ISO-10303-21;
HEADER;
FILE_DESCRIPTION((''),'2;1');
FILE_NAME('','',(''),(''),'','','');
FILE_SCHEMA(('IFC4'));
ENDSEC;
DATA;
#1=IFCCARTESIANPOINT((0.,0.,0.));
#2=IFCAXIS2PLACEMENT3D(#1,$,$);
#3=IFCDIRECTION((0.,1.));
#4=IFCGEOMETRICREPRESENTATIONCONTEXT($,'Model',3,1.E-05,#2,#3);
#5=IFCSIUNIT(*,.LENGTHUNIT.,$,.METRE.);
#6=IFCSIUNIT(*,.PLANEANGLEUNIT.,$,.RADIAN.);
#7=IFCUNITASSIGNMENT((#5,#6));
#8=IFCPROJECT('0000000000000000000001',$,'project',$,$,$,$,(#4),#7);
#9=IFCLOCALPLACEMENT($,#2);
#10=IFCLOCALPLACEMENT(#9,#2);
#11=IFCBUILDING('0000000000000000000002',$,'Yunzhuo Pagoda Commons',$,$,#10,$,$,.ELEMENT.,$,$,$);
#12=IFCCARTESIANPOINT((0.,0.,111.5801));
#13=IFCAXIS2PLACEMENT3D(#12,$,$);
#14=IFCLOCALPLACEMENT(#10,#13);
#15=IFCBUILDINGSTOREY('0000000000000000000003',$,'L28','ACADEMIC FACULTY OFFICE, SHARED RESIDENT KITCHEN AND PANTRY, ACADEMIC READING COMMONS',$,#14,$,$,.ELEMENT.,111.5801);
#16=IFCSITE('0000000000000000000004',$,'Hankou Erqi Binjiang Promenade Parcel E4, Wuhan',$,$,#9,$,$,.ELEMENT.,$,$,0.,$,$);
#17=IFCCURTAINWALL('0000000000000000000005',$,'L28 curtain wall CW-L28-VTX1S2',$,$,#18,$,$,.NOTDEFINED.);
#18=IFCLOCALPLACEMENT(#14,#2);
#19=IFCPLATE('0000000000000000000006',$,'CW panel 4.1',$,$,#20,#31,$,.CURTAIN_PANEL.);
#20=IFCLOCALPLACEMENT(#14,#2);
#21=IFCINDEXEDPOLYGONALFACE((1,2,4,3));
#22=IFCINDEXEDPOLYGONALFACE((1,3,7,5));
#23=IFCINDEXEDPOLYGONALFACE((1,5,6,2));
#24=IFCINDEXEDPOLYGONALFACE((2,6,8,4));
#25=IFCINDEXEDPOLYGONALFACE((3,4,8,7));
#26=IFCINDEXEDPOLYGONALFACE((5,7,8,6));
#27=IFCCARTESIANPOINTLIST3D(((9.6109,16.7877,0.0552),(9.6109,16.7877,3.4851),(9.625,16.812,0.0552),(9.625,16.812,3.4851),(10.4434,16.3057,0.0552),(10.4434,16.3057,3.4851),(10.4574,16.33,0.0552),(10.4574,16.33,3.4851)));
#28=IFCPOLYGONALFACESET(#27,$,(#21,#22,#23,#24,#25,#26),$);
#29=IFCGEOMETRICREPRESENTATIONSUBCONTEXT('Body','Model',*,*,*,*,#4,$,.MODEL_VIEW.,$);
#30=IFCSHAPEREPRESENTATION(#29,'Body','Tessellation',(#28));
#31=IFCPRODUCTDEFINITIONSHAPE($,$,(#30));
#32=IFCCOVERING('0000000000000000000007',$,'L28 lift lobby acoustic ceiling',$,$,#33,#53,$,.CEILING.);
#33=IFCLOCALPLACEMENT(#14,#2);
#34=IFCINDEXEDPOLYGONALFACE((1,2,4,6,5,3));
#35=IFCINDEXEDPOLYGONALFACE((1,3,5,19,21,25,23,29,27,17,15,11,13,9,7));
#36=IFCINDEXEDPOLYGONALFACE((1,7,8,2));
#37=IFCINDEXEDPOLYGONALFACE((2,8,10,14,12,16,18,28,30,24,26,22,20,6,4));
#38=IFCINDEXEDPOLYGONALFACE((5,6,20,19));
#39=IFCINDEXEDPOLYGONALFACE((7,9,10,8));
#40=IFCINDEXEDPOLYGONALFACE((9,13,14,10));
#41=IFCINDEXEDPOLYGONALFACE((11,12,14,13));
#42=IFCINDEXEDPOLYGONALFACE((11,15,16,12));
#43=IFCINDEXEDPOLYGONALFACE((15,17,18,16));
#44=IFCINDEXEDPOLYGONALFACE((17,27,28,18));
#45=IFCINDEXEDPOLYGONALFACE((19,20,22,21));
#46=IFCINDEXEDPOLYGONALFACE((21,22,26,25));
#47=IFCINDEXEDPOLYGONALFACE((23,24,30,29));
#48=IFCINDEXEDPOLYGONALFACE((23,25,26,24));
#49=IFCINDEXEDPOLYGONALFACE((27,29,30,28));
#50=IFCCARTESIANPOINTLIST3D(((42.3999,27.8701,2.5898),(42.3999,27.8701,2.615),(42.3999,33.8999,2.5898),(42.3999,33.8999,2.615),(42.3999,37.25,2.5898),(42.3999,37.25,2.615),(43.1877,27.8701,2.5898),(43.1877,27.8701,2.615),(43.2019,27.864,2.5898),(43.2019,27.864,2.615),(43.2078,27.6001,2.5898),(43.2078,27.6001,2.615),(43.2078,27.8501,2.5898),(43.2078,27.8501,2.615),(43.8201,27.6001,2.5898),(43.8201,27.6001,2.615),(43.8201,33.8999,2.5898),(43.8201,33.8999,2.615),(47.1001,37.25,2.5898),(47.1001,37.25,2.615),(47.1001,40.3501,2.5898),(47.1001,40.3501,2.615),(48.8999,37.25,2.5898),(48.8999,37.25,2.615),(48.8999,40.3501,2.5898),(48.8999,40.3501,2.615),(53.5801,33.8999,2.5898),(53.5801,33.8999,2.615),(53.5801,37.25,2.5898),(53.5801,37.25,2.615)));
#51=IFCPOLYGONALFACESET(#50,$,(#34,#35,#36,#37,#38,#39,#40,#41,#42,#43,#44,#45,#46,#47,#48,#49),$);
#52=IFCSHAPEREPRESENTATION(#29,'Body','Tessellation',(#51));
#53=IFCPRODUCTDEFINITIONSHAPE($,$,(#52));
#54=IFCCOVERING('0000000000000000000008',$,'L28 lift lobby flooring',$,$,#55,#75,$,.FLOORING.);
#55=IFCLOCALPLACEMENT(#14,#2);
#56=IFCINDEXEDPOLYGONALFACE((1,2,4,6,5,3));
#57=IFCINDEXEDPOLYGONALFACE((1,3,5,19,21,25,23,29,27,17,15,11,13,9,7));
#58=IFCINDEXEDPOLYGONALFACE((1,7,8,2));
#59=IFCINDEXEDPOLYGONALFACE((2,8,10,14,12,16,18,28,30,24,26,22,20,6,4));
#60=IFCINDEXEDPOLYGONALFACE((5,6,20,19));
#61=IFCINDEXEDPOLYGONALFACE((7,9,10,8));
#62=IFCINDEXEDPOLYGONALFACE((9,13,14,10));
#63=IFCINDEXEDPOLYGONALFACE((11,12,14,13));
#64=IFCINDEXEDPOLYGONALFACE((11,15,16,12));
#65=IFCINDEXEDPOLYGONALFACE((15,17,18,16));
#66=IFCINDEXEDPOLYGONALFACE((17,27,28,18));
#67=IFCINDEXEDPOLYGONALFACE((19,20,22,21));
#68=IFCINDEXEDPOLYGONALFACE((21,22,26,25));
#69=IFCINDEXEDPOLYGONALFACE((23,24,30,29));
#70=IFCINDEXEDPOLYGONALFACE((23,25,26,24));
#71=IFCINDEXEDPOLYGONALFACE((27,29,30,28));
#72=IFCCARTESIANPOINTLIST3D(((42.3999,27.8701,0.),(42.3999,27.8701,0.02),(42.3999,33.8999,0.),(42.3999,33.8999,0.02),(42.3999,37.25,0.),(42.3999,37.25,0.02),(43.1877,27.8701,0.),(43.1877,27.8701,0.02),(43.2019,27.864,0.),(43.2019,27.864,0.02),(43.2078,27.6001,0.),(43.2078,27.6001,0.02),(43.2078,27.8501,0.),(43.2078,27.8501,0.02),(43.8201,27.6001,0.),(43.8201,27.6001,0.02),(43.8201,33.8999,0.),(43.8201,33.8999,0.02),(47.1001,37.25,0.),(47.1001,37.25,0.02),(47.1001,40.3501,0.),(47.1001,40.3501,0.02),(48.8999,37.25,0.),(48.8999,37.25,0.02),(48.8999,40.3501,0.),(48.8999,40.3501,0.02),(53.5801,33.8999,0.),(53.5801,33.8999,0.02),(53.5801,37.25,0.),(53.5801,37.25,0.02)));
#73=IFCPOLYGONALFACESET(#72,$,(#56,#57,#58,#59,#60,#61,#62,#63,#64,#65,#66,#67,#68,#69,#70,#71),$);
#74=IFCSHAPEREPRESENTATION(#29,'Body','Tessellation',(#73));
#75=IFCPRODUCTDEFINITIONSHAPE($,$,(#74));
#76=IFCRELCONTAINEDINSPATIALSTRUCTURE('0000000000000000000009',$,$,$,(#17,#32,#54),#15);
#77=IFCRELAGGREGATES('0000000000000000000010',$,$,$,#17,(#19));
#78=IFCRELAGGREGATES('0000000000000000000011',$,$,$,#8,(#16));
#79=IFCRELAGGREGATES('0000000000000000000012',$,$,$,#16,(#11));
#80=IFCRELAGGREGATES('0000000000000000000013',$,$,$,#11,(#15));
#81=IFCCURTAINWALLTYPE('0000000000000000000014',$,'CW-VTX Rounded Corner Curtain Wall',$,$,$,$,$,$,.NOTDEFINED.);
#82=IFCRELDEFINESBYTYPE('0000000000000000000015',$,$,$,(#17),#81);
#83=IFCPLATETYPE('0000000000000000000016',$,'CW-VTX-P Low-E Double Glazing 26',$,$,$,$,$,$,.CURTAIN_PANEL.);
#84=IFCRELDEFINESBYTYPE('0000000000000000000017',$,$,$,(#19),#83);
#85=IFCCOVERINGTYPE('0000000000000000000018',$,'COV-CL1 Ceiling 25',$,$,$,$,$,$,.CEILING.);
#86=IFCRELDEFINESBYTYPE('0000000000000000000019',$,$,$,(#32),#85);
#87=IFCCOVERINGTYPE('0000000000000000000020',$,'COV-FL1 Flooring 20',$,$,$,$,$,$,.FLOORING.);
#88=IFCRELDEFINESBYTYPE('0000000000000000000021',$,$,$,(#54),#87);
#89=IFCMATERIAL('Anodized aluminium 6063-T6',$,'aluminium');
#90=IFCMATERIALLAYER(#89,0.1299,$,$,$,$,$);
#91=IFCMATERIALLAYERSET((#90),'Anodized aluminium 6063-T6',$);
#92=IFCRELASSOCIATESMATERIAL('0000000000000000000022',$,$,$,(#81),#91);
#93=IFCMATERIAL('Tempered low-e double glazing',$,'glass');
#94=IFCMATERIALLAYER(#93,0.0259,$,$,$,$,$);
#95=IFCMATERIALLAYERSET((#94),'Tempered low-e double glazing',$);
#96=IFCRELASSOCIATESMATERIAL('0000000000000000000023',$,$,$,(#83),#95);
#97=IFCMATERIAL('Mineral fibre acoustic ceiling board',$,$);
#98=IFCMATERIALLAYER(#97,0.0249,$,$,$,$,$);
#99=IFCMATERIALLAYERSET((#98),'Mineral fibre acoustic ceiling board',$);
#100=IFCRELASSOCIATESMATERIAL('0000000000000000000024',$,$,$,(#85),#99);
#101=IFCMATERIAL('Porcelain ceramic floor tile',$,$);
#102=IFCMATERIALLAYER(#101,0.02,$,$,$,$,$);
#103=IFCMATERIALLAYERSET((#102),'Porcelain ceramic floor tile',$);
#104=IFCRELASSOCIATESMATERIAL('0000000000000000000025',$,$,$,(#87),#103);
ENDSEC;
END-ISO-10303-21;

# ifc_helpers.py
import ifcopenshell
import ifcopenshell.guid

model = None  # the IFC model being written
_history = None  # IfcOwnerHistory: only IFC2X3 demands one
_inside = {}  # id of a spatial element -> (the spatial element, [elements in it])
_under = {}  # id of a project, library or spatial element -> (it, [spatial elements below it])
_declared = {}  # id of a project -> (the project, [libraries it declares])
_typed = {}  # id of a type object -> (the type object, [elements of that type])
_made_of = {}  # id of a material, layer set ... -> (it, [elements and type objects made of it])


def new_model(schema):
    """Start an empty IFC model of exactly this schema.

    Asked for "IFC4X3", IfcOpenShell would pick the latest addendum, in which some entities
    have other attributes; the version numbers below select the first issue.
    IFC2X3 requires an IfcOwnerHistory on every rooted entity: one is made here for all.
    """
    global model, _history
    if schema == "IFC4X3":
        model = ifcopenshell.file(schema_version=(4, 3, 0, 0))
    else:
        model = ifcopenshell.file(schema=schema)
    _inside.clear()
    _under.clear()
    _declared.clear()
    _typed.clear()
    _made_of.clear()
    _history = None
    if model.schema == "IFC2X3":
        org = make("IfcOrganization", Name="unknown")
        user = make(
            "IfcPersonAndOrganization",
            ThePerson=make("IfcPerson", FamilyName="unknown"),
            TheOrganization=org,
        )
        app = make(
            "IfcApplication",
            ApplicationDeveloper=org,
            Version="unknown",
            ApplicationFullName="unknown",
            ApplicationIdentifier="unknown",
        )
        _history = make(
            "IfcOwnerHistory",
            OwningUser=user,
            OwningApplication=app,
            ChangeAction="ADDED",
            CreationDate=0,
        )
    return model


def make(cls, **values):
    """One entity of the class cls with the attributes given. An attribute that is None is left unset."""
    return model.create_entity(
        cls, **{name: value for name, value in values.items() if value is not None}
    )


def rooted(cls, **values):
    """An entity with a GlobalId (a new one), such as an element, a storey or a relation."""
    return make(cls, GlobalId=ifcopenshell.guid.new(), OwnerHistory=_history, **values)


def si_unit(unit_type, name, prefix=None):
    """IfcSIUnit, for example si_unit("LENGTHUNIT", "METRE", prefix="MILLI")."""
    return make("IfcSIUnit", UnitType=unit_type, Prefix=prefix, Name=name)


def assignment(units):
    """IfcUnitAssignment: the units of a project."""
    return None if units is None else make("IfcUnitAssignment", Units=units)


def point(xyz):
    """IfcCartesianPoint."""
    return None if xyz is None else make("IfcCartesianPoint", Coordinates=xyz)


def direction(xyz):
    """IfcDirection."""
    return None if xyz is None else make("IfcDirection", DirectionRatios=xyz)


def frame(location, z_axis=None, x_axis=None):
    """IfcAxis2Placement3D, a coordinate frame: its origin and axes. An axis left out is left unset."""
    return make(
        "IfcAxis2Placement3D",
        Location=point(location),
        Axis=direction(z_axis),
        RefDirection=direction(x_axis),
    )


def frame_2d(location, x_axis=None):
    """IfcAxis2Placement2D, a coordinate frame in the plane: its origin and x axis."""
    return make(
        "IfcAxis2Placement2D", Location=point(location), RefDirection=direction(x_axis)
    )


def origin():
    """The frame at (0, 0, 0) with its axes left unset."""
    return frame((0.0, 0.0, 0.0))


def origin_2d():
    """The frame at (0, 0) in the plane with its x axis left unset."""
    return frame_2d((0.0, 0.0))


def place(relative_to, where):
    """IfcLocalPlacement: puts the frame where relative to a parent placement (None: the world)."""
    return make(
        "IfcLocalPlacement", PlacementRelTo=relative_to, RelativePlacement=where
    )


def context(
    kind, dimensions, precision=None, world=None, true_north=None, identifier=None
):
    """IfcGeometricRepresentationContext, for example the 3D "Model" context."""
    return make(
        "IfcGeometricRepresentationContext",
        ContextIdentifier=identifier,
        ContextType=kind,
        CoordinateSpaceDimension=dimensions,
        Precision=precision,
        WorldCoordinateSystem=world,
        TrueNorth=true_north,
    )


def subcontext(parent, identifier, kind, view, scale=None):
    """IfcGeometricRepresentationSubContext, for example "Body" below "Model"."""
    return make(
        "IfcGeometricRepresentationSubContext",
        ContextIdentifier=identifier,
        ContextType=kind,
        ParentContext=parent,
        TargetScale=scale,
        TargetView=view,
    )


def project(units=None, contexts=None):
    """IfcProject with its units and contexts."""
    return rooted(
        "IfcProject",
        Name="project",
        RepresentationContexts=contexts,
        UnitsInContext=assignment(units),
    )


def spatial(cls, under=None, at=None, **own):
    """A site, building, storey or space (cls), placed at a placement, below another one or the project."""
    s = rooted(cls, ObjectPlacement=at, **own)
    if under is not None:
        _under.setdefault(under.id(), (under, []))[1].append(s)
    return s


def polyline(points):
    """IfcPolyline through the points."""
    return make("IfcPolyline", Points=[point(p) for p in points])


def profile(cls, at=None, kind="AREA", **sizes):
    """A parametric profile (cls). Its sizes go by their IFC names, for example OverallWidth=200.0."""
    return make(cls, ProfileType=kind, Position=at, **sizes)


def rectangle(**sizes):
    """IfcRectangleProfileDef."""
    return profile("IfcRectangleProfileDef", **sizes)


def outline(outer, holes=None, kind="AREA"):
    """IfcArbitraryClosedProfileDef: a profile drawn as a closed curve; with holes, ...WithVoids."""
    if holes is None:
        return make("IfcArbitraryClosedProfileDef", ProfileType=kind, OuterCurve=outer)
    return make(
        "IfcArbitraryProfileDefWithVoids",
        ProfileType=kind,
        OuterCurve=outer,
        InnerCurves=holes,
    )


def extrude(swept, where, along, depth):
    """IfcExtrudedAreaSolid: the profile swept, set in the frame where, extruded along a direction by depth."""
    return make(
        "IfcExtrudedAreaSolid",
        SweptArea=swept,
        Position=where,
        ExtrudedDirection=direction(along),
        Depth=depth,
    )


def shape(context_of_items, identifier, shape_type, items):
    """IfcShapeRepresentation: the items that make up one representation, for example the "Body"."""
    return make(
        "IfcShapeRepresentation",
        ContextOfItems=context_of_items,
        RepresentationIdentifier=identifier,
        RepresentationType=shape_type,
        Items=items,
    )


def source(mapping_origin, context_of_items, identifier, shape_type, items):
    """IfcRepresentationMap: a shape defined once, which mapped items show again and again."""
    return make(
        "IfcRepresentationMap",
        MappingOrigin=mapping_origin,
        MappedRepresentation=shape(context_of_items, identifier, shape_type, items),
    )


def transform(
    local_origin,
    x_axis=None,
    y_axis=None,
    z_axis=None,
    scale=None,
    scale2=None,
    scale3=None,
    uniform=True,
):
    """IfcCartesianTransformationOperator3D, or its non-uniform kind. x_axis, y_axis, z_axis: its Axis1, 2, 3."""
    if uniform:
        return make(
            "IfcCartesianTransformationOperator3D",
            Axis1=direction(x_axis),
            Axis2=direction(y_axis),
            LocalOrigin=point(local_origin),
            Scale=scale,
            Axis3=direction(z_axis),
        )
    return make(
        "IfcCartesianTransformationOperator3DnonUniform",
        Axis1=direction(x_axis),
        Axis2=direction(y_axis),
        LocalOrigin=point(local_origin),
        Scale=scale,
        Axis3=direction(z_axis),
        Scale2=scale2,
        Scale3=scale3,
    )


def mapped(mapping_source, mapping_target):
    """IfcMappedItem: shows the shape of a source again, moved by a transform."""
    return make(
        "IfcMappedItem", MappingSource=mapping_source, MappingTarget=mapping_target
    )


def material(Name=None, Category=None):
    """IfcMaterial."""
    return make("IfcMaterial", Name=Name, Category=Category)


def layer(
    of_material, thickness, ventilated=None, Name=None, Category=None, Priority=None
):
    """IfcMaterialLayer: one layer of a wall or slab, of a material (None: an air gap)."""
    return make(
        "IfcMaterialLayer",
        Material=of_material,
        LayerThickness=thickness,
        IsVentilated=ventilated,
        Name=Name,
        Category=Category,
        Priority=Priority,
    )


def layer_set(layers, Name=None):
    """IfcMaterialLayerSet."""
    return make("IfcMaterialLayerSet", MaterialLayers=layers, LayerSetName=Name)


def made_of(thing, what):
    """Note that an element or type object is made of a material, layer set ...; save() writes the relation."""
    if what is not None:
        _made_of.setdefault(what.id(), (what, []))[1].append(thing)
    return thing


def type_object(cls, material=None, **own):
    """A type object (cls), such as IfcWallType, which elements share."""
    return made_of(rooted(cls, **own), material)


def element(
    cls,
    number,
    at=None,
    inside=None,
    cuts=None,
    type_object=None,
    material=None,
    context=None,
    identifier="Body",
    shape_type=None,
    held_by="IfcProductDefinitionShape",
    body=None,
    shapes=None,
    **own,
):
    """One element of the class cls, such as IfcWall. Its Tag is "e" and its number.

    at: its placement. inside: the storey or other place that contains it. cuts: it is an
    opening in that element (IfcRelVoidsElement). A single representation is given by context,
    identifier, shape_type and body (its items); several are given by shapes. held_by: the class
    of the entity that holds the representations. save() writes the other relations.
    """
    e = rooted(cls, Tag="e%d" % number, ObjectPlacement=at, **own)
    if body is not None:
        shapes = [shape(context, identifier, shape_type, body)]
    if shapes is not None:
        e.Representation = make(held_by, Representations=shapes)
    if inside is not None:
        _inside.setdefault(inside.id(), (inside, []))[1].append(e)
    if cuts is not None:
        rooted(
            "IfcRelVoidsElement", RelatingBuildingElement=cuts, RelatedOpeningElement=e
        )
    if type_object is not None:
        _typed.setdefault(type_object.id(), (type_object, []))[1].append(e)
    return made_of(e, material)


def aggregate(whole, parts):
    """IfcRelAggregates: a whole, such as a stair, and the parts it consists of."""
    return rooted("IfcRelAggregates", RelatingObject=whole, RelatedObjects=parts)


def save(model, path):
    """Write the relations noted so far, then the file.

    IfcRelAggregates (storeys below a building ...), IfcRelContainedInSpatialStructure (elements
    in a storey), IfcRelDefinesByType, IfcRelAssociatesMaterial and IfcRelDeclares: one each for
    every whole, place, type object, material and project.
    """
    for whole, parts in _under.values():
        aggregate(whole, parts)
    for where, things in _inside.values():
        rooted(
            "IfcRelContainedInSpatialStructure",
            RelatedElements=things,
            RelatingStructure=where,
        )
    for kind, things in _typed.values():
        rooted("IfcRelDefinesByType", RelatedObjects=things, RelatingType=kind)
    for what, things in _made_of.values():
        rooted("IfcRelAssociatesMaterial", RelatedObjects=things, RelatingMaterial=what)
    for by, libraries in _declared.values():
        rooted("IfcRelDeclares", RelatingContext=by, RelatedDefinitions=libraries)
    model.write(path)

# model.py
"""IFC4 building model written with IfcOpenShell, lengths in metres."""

from ifc_helpers import new_model, si_unit, direction, frame, origin, origin_2d, place, context, subcontext, project, spatial, polyline, rectangle, outline, extrude, source, transform, mapped, material, layer, layer_set, type_object, element, aggregate, save


model = new_model("IFC4")

# Units and contexts
model_context = context("Model", 3, precision=1e-05, world=origin(), true_north=direction((0.0, 1.0)))
body_context = subcontext(model_context, "Body", "Model", "MODEL_VIEW")
ifc_project = project(units=[si_unit("LENGTHUNIT", "METRE"), si_unit("PLANEANGLEUNIT", "RADIAN")], contexts=[model_context])

# Site, building, storey
site_placement = place(None, origin())
site = spatial("IfcSite", under=ifc_project, at=site_placement, Name="Hankou Erqi Binjiang Promenade Parcel E4, Wuhan", CompositionType="ELEMENT", RefElevation=0.0)
building_placement = place(site_placement, origin())
building = spatial("IfcBuilding", under=site, at=building_placement, Name="Yunzhuo Pagoda Commons", CompositionType="ELEMENT")
storey_placement = place(building_placement, frame((0.0, 0.0, 111.5801)))
storey = spatial("IfcBuildingStorey", under=building, at=storey_placement, Name="L28", Description="ACADEMIC FACULTY OFFICE, SHARED RESIDENT KITCHEN AND PANTRY, ACADEMIC READING COMMONS", CompositionType="ELEMENT", Elevation=111.5801)

# Curtain wall
ifc_material_1 = material(Name="Anodized aluminium 6063-T6", Category="aluminium")
ifc_layer_1 = layer(ifc_material_1, 0.1299)
ifc_layer_set_1 = layer_set([ifc_layer_1], Name="Anodized aluminium 6063-T6")
curtain_wall_type = type_object("IfcCurtainWallType", Name="CW-VTX Rounded Corner Curtain Wall", PredefinedType="NOTDEFINED", material=ifc_layer_set_1)
curtain_wall_1_placement = place(storey_placement, origin())
curtain_wall_1 = element("IfcCurtainWall", 1, at=curtain_wall_1_placement, inside=storey, type_object=curtain_wall_type, Name="L28 curtain wall CW-L28-VTX1S2", PredefinedType="NOTDEFINED")

# Plate
ifc_material_2 = material(Name="Tempered low-e double glazing", Category="glass")
ifc_layer_2 = layer(ifc_material_2, 0.0259)
ifc_layer_set_2 = layer_set([ifc_layer_2], Name="Tempered low-e double glazing")
plate_type = type_object("IfcPlateType", Name="CW-VTX-P Low-E Double Glazing 26", PredefinedType="CURTAIN_PANEL", material=ifc_layer_set_2)
shared_shape_1 = source(origin(), body_context, "Body", "SweptSolid", [
    extrude(rectangle(XDim=0.9619, YDim=0.0281, at=origin_2d()), origin(), (0.0, 0.0, 1.0), 3.4299),
])
plate_1_placement = place(storey_placement, frame((10.0342, 16.5588, 0.0552), z_axis=(0.0, 0.0, 1.0), x_axis=(0.865429, -0.501032, 0.0)))
plate_1 = element("IfcPlate", 2, at=plate_1_placement, type_object=plate_type, Name="CW panel 4.1", PredefinedType="CURTAIN_PANEL", context=body_context, shape_type="MappedRepresentation", body=[
    mapped(shared_shape_1, transform((0.0, 0.0, 0.0), scale=1.0)),
])
aggregate(curtain_wall_1, [plate_1])

# Coverings
ifc_material_3 = material(Name="Mineral fibre acoustic ceiling board")
ifc_layer_3 = layer(ifc_material_3, 0.0249)
ifc_layer_set_3 = layer_set([ifc_layer_3], Name="Mineral fibre acoustic ceiling board")
covering_type_1 = type_object("IfcCoveringType", Name="COV-CL1 Ceiling 25", PredefinedType="CEILING", material=ifc_layer_set_3)
covering_1_placement = place(storey_placement, frame((0.0, 0.0, 2.5898)))
element("IfcCovering", 3, at=covering_1_placement, inside=storey, type_object=covering_type_1, Name="L28 lift lobby acoustic ceiling", PredefinedType="CEILING", context=body_context, shape_type="SweptSolid", body=[
    extrude(outline(polyline([(43.2078, 27.8501), (43.2019, 27.864), (43.1877, 27.8701), (42.3999, 27.8701), (42.3999, 33.8999), (42.3999, 37.25), (47.1001, 37.25), (47.1001, 40.3501), (48.8999, 40.3501), (48.8999, 37.25), (53.5801, 37.25), (53.5801, 33.8999), (43.8201, 33.8999), (43.8201, 27.6001), (43.2078, 27.6001), (43.2078, 27.8501)])), origin(), (0.0, 0.0, 1.0), 0.0251),
])
ifc_material_4 = material(Name="Porcelain ceramic floor tile")
ifc_layer_4 = layer(ifc_material_4, 0.02)
ifc_layer_set_4 = layer_set([ifc_layer_4], Name="Porcelain ceramic floor tile")
covering_type_2 = type_object("IfcCoveringType", Name="COV-FL1 Flooring 20", PredefinedType="FLOORING", material=ifc_layer_set_4)
covering_2_placement = place(storey_placement, origin())
element("IfcCovering", 4, at=covering_2_placement, inside=storey, type_object=covering_type_2, Name="L28 lift lobby flooring", PredefinedType="FLOORING", context=body_context, shape_type="SweptSolid", body=[
    extrude(outline(polyline([(43.2078, 27.8501), (43.2019, 27.864), (43.1877, 27.8701), (42.3999, 27.8701), (42.3999, 33.8999), (42.3999, 37.25), (47.1001, 37.25), (47.1001, 40.3501), (48.8999, 40.3501), (48.8999, 37.25), (53.5801, 37.25), (53.5801, 33.8999), (43.8201, 33.8999), (43.8201, 27.6001), (43.2078, 27.6001), (43.2078, 27.8501)])), origin(), (0.0, 0.0, 1.0), 0.02),
])

save(model, "model.ifc")
